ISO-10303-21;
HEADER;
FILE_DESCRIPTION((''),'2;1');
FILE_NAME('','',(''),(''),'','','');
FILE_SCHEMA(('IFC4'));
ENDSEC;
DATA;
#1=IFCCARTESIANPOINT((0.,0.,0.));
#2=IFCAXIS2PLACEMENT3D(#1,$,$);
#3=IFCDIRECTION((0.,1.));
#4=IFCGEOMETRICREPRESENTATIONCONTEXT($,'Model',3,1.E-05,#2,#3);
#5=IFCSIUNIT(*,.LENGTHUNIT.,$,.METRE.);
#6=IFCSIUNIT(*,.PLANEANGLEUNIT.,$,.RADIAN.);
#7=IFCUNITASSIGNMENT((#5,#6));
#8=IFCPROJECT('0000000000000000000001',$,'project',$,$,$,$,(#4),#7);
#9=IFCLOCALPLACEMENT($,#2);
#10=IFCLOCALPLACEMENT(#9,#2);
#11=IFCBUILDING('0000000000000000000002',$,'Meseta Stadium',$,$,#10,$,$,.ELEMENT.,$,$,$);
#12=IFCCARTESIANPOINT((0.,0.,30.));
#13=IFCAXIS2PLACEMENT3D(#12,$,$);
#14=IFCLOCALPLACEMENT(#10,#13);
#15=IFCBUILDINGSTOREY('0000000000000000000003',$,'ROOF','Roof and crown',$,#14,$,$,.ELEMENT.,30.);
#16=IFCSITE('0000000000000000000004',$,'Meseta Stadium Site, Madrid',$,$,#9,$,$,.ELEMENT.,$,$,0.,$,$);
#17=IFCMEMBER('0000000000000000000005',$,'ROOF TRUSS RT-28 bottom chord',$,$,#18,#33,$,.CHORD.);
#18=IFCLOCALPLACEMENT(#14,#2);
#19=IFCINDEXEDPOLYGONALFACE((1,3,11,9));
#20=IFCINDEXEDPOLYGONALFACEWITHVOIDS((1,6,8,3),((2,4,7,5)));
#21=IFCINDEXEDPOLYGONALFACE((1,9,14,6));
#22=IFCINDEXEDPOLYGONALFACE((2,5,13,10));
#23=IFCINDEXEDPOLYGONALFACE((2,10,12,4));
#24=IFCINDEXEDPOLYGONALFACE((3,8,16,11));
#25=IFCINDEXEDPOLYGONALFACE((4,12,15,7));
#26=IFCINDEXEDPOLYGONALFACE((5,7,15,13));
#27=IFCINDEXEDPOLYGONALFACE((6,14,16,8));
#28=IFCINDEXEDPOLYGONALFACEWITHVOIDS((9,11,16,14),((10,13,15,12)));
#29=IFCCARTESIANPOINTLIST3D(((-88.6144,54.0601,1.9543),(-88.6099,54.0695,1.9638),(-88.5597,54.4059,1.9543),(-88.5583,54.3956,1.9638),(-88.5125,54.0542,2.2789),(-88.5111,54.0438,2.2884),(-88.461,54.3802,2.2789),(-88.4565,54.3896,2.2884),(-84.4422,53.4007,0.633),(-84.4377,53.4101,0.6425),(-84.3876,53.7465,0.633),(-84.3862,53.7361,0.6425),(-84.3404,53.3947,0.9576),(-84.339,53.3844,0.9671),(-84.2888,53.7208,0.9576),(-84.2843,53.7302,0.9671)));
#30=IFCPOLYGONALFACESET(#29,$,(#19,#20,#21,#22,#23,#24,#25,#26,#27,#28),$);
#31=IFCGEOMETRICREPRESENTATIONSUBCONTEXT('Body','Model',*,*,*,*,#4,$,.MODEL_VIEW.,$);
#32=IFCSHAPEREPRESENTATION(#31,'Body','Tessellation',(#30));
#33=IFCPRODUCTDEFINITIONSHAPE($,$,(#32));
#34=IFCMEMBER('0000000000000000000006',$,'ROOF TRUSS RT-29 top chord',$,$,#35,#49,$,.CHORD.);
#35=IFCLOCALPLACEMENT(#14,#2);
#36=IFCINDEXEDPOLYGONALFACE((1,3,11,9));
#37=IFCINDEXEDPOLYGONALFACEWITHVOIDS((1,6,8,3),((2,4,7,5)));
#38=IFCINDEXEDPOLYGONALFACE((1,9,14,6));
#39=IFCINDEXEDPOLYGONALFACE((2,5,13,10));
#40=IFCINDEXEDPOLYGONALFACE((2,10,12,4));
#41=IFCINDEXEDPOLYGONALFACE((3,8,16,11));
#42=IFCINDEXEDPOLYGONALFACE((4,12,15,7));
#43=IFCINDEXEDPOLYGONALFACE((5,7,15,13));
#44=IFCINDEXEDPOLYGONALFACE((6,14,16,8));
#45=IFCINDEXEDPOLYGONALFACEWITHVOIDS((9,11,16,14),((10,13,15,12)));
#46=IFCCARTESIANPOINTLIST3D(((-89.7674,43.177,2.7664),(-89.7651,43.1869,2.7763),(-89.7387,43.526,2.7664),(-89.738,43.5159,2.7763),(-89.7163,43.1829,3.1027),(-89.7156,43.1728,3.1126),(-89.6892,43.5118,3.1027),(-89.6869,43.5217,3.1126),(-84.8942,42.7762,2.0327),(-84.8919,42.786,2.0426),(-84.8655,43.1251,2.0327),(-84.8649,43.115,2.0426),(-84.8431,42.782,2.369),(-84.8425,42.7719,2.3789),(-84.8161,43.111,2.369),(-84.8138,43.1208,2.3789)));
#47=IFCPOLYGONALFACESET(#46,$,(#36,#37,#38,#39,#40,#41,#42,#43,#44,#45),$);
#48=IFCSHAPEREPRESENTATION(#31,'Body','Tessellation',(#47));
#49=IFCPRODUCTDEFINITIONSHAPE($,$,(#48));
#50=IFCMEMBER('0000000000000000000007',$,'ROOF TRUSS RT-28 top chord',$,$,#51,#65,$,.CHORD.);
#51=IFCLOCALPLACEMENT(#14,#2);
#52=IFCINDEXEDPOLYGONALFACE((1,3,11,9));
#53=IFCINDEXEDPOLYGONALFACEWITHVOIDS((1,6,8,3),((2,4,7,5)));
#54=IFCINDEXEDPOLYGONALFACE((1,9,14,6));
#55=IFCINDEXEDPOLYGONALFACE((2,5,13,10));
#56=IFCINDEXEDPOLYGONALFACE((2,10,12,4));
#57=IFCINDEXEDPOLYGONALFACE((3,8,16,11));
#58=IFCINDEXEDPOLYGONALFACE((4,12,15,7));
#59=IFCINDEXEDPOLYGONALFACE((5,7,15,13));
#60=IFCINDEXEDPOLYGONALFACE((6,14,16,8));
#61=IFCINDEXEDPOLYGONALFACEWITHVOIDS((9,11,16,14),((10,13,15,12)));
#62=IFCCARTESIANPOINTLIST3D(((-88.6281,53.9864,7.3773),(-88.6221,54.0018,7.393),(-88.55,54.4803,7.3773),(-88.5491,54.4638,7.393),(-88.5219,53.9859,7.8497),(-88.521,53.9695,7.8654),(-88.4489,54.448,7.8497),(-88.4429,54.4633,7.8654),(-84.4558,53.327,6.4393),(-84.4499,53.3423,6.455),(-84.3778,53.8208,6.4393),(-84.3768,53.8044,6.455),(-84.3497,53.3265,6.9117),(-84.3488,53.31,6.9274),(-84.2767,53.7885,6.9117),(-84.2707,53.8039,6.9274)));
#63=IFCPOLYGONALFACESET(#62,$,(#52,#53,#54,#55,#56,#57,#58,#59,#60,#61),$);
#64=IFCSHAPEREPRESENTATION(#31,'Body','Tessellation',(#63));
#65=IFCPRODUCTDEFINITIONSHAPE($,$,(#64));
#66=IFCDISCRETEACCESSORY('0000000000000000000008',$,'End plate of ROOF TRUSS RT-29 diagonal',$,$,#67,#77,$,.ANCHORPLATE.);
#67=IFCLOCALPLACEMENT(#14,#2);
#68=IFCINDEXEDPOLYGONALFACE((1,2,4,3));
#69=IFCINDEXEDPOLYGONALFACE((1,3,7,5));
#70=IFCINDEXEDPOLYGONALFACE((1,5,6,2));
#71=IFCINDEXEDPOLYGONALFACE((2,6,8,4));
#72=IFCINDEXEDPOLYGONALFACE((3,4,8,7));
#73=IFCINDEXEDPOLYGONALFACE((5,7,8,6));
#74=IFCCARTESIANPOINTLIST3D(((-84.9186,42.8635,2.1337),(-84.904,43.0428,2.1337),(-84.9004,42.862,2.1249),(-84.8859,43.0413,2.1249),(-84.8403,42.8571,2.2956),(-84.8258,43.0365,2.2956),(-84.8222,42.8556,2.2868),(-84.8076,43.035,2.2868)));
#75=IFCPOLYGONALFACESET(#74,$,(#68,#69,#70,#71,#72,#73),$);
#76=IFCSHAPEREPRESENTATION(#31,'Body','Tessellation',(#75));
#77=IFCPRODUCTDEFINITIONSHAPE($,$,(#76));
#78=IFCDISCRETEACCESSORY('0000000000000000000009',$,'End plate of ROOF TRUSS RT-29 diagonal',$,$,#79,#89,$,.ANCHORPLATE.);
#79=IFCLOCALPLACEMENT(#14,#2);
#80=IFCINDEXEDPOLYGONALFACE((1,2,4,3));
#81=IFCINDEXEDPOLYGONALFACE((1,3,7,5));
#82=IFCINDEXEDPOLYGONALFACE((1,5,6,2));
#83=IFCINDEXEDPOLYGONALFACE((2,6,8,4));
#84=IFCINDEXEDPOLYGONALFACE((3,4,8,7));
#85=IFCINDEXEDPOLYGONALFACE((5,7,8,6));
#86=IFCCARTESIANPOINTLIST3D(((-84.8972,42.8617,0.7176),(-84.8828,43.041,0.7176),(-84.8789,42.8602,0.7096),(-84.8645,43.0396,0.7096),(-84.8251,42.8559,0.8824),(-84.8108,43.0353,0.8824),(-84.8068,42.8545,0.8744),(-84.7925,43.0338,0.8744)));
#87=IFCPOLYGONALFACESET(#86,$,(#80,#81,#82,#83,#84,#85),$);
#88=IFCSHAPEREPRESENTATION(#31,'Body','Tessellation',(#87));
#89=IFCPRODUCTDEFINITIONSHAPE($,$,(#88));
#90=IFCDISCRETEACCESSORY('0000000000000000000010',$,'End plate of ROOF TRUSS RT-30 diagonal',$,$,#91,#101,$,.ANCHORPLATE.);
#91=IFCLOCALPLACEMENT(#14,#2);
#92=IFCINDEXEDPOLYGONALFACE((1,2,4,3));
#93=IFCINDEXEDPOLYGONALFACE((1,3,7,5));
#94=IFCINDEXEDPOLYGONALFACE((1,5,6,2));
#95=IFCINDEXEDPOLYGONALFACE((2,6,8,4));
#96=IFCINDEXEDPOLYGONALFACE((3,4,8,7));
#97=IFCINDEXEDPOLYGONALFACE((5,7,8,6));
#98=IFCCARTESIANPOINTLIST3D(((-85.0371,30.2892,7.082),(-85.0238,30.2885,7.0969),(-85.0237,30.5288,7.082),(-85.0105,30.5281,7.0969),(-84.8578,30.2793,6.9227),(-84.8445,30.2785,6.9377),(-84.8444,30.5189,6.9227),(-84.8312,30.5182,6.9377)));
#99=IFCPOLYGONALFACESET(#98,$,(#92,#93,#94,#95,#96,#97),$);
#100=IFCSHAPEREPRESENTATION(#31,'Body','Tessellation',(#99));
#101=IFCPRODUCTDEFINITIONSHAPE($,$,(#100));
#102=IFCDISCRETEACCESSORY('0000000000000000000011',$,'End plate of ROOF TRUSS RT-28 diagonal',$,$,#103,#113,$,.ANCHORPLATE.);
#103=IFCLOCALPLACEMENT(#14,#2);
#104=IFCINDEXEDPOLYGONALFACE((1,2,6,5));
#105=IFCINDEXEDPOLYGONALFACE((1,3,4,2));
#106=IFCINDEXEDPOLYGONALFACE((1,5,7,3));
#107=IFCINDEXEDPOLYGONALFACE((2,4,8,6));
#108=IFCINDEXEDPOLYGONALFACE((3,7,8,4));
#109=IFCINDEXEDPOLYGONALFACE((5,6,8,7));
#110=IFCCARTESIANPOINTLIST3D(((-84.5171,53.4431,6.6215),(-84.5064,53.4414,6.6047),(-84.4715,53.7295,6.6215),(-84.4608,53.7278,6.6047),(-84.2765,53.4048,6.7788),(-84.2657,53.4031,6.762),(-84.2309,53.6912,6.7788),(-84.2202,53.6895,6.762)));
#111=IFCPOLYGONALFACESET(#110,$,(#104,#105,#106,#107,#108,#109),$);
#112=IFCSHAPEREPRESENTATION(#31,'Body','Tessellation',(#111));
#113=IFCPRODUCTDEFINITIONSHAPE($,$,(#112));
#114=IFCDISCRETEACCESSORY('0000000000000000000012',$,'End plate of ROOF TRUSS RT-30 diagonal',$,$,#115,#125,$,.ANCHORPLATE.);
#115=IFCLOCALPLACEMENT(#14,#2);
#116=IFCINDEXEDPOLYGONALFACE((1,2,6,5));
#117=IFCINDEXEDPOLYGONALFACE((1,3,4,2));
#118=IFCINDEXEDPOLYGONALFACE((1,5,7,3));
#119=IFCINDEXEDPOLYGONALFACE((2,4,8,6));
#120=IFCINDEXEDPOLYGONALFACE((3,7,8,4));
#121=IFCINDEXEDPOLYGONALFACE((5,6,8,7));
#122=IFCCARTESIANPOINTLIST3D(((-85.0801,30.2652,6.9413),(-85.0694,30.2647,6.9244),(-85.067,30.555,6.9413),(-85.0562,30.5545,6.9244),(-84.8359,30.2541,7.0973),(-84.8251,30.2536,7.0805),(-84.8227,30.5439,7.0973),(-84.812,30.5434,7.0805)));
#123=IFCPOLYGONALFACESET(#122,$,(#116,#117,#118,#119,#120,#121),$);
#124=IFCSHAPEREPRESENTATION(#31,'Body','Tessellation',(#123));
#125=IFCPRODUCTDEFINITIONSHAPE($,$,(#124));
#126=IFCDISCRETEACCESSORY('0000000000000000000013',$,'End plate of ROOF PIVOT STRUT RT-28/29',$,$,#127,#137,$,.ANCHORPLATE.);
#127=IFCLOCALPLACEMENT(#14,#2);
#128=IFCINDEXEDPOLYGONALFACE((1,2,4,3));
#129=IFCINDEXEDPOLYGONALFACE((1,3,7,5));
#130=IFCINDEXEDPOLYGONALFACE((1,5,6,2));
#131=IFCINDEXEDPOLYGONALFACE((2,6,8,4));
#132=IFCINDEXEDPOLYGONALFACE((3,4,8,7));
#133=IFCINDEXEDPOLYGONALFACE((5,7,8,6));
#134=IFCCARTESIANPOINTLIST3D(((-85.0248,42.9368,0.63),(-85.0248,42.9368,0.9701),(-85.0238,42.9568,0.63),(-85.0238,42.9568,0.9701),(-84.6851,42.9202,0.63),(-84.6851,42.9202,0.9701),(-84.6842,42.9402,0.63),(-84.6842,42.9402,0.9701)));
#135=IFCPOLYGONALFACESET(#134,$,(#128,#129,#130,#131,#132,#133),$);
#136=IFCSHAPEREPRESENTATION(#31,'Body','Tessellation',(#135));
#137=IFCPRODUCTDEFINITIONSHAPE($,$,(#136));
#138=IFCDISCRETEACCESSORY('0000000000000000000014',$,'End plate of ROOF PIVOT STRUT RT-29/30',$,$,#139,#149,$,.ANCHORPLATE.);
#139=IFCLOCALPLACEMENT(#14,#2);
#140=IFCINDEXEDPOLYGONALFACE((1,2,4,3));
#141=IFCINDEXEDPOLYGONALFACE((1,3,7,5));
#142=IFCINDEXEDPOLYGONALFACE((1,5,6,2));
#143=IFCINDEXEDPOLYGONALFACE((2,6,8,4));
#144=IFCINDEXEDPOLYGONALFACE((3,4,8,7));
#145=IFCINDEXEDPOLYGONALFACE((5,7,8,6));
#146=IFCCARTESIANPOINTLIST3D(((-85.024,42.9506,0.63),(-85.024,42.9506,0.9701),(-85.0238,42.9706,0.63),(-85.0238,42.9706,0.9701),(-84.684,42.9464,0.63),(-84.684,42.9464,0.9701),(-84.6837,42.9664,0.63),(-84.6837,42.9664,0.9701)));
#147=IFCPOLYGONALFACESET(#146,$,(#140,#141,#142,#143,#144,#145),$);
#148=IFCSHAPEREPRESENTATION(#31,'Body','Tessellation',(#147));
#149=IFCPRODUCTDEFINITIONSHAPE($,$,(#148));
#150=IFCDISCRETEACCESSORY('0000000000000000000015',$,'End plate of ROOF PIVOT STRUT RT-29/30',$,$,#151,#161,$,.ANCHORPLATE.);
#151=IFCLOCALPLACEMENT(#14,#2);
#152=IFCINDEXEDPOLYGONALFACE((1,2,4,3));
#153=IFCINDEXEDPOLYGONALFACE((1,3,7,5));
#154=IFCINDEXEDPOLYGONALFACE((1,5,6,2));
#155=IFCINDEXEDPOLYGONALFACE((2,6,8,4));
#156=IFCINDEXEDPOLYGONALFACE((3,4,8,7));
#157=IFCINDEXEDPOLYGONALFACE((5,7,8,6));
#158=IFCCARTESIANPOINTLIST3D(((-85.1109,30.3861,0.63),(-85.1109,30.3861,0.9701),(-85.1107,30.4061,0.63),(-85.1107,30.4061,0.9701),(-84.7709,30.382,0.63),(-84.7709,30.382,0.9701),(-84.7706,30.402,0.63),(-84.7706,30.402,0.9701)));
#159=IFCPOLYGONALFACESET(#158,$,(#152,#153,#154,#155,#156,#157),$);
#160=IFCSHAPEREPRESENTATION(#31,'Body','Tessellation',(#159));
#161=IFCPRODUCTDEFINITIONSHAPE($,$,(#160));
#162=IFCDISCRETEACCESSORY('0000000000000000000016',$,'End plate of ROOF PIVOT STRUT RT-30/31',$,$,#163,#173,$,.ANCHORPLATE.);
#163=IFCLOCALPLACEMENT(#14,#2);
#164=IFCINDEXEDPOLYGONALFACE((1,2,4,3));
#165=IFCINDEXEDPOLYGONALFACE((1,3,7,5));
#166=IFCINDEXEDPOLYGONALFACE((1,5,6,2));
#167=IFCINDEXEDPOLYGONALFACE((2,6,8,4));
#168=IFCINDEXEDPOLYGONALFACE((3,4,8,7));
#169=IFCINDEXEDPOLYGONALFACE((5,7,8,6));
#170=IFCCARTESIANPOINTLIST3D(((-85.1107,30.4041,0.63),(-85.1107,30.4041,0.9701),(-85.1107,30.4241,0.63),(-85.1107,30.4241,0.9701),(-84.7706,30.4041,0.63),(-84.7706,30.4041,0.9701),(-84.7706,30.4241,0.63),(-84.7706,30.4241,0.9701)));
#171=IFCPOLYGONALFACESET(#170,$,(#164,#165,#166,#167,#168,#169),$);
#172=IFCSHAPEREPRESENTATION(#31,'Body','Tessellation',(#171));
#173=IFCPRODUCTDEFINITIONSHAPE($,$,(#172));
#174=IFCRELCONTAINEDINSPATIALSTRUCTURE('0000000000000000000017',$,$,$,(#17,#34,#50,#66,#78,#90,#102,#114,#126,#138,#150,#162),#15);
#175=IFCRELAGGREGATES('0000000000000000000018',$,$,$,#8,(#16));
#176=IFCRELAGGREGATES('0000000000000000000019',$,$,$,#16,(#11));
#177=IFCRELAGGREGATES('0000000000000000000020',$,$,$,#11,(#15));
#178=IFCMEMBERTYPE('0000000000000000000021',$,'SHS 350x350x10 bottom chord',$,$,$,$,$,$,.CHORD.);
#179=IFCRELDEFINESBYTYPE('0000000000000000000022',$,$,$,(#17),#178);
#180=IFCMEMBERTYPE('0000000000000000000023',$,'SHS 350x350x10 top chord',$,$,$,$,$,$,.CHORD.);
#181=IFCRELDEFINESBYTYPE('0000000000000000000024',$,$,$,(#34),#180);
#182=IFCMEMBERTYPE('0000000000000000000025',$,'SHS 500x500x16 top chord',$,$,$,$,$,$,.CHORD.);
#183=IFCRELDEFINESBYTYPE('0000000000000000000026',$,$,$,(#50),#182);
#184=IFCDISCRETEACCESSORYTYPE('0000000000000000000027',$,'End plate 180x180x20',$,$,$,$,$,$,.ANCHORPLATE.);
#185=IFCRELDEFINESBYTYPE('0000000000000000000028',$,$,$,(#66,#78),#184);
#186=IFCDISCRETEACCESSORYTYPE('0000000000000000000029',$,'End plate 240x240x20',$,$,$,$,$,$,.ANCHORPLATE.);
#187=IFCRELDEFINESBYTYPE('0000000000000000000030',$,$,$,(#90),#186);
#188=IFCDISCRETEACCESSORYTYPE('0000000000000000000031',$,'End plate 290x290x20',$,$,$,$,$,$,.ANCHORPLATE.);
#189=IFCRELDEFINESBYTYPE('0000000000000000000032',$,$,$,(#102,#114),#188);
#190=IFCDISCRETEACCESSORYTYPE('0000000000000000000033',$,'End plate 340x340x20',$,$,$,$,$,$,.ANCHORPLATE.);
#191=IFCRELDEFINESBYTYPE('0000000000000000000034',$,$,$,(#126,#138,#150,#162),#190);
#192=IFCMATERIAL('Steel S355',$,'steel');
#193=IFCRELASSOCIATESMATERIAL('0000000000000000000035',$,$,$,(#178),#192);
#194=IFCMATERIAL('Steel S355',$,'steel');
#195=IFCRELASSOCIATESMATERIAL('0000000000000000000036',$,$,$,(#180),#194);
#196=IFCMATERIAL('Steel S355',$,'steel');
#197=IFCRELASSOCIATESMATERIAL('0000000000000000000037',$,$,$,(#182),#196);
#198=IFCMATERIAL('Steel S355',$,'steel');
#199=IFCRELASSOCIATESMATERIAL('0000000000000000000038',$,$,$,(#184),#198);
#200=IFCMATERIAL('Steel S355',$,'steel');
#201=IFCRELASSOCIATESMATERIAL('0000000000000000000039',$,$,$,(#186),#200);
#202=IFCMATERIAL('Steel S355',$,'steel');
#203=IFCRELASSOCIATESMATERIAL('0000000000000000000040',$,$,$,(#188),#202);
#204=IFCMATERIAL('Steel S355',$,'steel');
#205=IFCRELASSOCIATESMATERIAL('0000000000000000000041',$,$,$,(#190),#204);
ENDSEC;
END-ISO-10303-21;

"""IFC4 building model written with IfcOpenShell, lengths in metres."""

from ifc_helpers import new_model, si_unit, direction, frame, origin, origin_2d, place, context, subcontext, project, spatial, rectangle, hollow_rectangle, extrude, material, material_profile, profile_set, type_object, element, save


model = new_model("IFC4")

# Units and contexts
model_context = context("Model", 3, precision=1e-05, world=origin(), true_north=direction((0.0, 1.0)))
body_context = subcontext(model_context, "Body", "Model", "MODEL_VIEW")
ifc_project = project(units=[si_unit("LENGTHUNIT", "METRE"), si_unit("PLANEANGLEUNIT", "RADIAN")], contexts=[model_context])

# Site, building, storey
site_placement = place(None, origin())
site = spatial("IfcSite", under=ifc_project, at=site_placement, Name="Meseta Stadium Site, Madrid", CompositionType="ELEMENT", RefElevation=0.0)
building_placement = place(site_placement, origin())
building = spatial("IfcBuilding", under=site, at=building_placement, Name="Meseta Stadium", CompositionType="ELEMENT")
storey_placement = place(building_placement, frame((0.0, 0.0, 30.0)))
storey = spatial("IfcBuildingStorey", under=building, at=storey_placement, Name="ROOF", Description="Roof and crown", CompositionType="ELEMENT", Elevation=30.0)

# Members
ifc_material_1 = material(Name="Steel S355", Category="steel")
ifc_material_profile_1 = material_profile(ifc_material_1, hollow_rectangle(XDim=0.3501, YDim=0.3501, WallThickness=0.01, at=origin_2d()), Name="SHS 350x350x10")
ifc_profile_set_1 = profile_set([ifc_material_profile_1], Name="Steel S355")
member_type_1 = type_object("IfcMemberType", Name="SHS 350x350x10 bottom chord", PredefinedType="CHORD", material=ifc_profile_set_1)
member_1_placement = place(storey_placement, frame((-84.3633, 53.5654, 0.8), z_axis=(-0.942693, 0.148997, 0.298546), x_axis=(-0.156117, -0.987739, 0.0)))
element("IfcMember", 1, at=member_1_placement, inside=storey, type_object=member_type_1, Name="ROOF TRUSS RT-28 bottom chord", PredefinedType="CHORD", context=body_context, shape_type="SweptSolid", body=[
    extrude(hollow_rectangle(XDim=0.3501, YDim=0.3501, WallThickness=0.01, at=origin_2d()), origin(), (0.0, 0.0, 1.0), 4.4258),
])
ifc_material_2 = material(Name="Steel S355", Category="steel")
ifc_material_profile_2 = material_profile(ifc_material_2, hollow_rectangle(XDim=0.3501, YDim=0.3501, WallThickness=0.01, at=origin_2d()), Name="SHS 350x350x10")
ifc_profile_set_2 = profile_set([ifc_material_profile_2], Name="Steel S355")
member_type_2 = type_object("IfcMemberType", Name="SHS 350x350x10 top chord", PredefinedType="CHORD", material=ifc_profile_set_2)
member_2_placement = place(storey_placement, frame((-84.854, 42.9485, 2.2058), z_axis=(-0.985601, 0.08108, 0.148383), x_axis=(-0.081988, -0.996633, 0.0)))
element("IfcMember", 2, at=member_2_placement, inside=storey, type_object=member_type_2, Name="ROOF TRUSS RT-29 top chord", PredefinedType="CHORD", context=body_context, shape_type="SweptSolid", body=[
    extrude(hollow_rectangle(XDim=0.3501, YDim=0.3501, WallThickness=0.01, at=origin_2d()), origin(), (0.0, 0.0, 1.0), 4.9443),
])
ifc_material_3 = material(Name="Steel S355", Category="steel")
ifc_material_profile_3 = material_profile(ifc_material_3, hollow_rectangle(XDim=0.5, YDim=0.5, WallThickness=0.0161, at=origin_2d()), Name="SHS 500x500x16")
ifc_profile_set_3 = profile_set([ifc_material_profile_3], Name="Steel S355")
member_type_3 = type_object("IfcMemberType", Name="SHS 500x500x16 top chord", PredefinedType="CHORD", material=ifc_profile_set_3)
member_3_placement = place(storey_placement, frame((-84.3633, 53.5654, 6.6833), z_axis=(-0.964249, 0.152404, 0.216785), x_axis=(-0.156117, -0.987739, 0.0)))
element("IfcMember", 3, at=member_3_placement, inside=storey, type_object=member_type_3, Name="ROOF TRUSS RT-28 top chord", PredefinedType="CHORD", context=body_context, shape_type="SweptSolid", body=[
    extrude(hollow_rectangle(XDim=0.5, YDim=0.5, WallThickness=0.0161, at=origin_2d()), origin(), (0.0, 0.0, 1.0), 4.3269),
])

# Discrete accessories
ifc_material_4 = material(Name="Steel S355", Category="steel")
ifc_material_profile_4 = material_profile(ifc_material_4, rectangle(XDim=0.1799, YDim=0.1799, at=origin_2d()), Name="PL 180x180")
ifc_profile_set_4 = profile_set([ifc_material_profile_4], Name="Steel S355")
discrete_accessory_type_1 = type_object("IfcDiscreteAccessoryType", Name="End plate 180x180x20", PredefinedType="ANCHORPLATE", material=ifc_profile_set_4)
discrete_accessory_1_placement = place(storey_placement, frame((-84.854, 42.9485, 2.2058), z_axis=(-0.896854, 0.072718, 0.436308), x_axis=(-0.080816, -0.996729, 0.0)))
element("IfcDiscreteAccessory", 4, at=discrete_accessory_1_placement, inside=storey, type_object=discrete_accessory_type_1, Name="End plate of ROOF TRUSS RT-29 diagonal", PredefinedType="ANCHORPLATE", context=body_context, shape_type="SweptSolid", body=[
    extrude(rectangle(XDim=0.1799, YDim=0.1799, at=origin_2d()), origin(), (0.0, 0.0, 1.0), 0.0203),
])
discrete_accessory_2_placement = place(storey_placement, frame((-84.8357, 42.947, 0.792), z_axis=(-0.912871, 0.07303, 0.401663), x_axis=(-0.079745, -0.996815, 0.0)))
element("IfcDiscreteAccessory", 5, at=discrete_accessory_2_placement, inside=storey, type_object=discrete_accessory_type_1, Name="End plate of ROOF TRUSS RT-29 diagonal", PredefinedType="ANCHORPLATE", context=body_context, shape_type="SweptSolid", body=[
    extrude(rectangle(XDim=0.1799, YDim=0.1799, at=origin_2d()), origin(), (0.0, 0.0, 1.0), 0.02),
])
ifc_material_5 = material(Name="Steel S355", Category="steel")
ifc_material_profile_5 = material_profile(ifc_material_5, rectangle(XDim=0.24, YDim=0.24, at=origin_2d()), Name="PL 240x240")
ifc_profile_set_5 = profile_set([ifc_material_profile_5], Name="Steel S355")
discrete_accessory_type_2 = type_object("IfcDiscreteAccessoryType", Name="End plate 240x240x20", PredefinedType="ANCHORPLATE", material=ifc_profile_set_5)
discrete_accessory_3_placement = place(storey_placement, frame((-84.9275, 30.4033, 7.0173), z_axis=(-0.66239, 0.036799, -0.748255), x_axis=(-0.05547, -0.99846, 0.0)))
element("IfcDiscreteAccessory", 6, at=discrete_accessory_3_placement, inside=storey, type_object=discrete_accessory_type_2, Name="End plate of ROOF TRUSS RT-30 diagonal", PredefinedType="ANCHORPLATE", context=body_context, shape_type="SweptSolid", body=[
    extrude(rectangle(XDim=0.24, YDim=0.24, at=origin_2d()), origin(), (0.0, 0.0, 1.0), 0.02),
])
ifc_material_6 = material(Name="Steel S355", Category="steel")
ifc_material_profile_6 = material_profile(ifc_material_6, rectangle(XDim=0.29, YDim=0.29, at=origin_2d()), Name="PL 290x290")
ifc_profile_set_6 = profile_set([ifc_material_profile_6], Name="Steel S355")
discrete_accessory_type_3 = type_object("IfcDiscreteAccessoryType", Name="End plate 290x290x20", PredefinedType="ANCHORPLATE", material=ifc_profile_set_6)
for number, where, z_axis, x_axis, name in (
    (7, (-84.3633, 53.5654, 6.6833), (-0.53571, 0.085227, 0.84009), (-0.157115, -0.98758, 0.0), "End plate of ROOF TRUSS RT-28 diagonal"),
    (8, (-84.9407, 30.4041, 7.0024), (-0.537505, 0.024432, 0.842906), (-0.045408, -0.998969, 0.0), "End plate of ROOF TRUSS RT-30 diagonal"),
):
    element("IfcDiscreteAccessory", number, at=place(storey_placement, frame(where, z_axis=z_axis, x_axis=x_axis)), inside=storey, type_object=discrete_accessory_type_3, Name=name, PredefinedType="ANCHORPLATE", context=body_context, shape_type="SweptSolid", body=[
        extrude(rectangle(XDim=0.29, YDim=0.29, at=origin_2d()), origin(), (0.0, 0.0, 1.0), 0.02),
    ])
ifc_material_7 = material(Name="Steel S355", Category="steel")
ifc_material_profile_7 = material_profile(ifc_material_7, rectangle(XDim=0.3401, YDim=0.3401, at=origin_2d()), Name="PL 340x340")
ifc_profile_set_7 = profile_set([ifc_material_profile_7], Name="Steel S355")
discrete_accessory_type_4 = type_object("IfcDiscreteAccessoryType", Name="End plate 340x340x20", PredefinedType="ANCHORPLATE", material=ifc_profile_set_7)
for number, where, z_axis, x_axis, name in (
    (9, (-84.854, 42.9485, 0.8), (-0.048723, -0.998812, 0.0), (0.998812, -0.048723, 0.0), "End plate of ROOF PIVOT STRUT RT-28/29"),
    (10, (-84.8538, 42.9685, 0.8), (-0.012194, -0.999926, 0.0), (0.999926, -0.012194, 0.0), "End plate of ROOF PIVOT STRUT RT-29/30"),
    (11, (-84.9407, 30.4041, 0.8), (-0.012194, -0.999926, 0.0), (0.999926, -0.012194, 0.0), "End plate of ROOF PIVOT STRUT RT-29/30"),
    (12, (-84.9407, 30.4241, 0.8), (0.0, -1.0, 0.0), (1.0, 0.0, 0.0), "End plate of ROOF PIVOT STRUT RT-30/31"),
):
    element("IfcDiscreteAccessory", number, at=place(storey_placement, frame(where, z_axis=z_axis, x_axis=x_axis)), inside=storey, type_object=discrete_accessory_type_4, Name=name, PredefinedType="ANCHORPLATE", context=body_context, shape_type="SweptSolid", body=[
        extrude(rectangle(XDim=0.3401, YDim=0.3401, at=origin_2d()), origin(), (0.0, 0.0, 1.0), 0.02),
    ])

save(model, "model.ifc")
